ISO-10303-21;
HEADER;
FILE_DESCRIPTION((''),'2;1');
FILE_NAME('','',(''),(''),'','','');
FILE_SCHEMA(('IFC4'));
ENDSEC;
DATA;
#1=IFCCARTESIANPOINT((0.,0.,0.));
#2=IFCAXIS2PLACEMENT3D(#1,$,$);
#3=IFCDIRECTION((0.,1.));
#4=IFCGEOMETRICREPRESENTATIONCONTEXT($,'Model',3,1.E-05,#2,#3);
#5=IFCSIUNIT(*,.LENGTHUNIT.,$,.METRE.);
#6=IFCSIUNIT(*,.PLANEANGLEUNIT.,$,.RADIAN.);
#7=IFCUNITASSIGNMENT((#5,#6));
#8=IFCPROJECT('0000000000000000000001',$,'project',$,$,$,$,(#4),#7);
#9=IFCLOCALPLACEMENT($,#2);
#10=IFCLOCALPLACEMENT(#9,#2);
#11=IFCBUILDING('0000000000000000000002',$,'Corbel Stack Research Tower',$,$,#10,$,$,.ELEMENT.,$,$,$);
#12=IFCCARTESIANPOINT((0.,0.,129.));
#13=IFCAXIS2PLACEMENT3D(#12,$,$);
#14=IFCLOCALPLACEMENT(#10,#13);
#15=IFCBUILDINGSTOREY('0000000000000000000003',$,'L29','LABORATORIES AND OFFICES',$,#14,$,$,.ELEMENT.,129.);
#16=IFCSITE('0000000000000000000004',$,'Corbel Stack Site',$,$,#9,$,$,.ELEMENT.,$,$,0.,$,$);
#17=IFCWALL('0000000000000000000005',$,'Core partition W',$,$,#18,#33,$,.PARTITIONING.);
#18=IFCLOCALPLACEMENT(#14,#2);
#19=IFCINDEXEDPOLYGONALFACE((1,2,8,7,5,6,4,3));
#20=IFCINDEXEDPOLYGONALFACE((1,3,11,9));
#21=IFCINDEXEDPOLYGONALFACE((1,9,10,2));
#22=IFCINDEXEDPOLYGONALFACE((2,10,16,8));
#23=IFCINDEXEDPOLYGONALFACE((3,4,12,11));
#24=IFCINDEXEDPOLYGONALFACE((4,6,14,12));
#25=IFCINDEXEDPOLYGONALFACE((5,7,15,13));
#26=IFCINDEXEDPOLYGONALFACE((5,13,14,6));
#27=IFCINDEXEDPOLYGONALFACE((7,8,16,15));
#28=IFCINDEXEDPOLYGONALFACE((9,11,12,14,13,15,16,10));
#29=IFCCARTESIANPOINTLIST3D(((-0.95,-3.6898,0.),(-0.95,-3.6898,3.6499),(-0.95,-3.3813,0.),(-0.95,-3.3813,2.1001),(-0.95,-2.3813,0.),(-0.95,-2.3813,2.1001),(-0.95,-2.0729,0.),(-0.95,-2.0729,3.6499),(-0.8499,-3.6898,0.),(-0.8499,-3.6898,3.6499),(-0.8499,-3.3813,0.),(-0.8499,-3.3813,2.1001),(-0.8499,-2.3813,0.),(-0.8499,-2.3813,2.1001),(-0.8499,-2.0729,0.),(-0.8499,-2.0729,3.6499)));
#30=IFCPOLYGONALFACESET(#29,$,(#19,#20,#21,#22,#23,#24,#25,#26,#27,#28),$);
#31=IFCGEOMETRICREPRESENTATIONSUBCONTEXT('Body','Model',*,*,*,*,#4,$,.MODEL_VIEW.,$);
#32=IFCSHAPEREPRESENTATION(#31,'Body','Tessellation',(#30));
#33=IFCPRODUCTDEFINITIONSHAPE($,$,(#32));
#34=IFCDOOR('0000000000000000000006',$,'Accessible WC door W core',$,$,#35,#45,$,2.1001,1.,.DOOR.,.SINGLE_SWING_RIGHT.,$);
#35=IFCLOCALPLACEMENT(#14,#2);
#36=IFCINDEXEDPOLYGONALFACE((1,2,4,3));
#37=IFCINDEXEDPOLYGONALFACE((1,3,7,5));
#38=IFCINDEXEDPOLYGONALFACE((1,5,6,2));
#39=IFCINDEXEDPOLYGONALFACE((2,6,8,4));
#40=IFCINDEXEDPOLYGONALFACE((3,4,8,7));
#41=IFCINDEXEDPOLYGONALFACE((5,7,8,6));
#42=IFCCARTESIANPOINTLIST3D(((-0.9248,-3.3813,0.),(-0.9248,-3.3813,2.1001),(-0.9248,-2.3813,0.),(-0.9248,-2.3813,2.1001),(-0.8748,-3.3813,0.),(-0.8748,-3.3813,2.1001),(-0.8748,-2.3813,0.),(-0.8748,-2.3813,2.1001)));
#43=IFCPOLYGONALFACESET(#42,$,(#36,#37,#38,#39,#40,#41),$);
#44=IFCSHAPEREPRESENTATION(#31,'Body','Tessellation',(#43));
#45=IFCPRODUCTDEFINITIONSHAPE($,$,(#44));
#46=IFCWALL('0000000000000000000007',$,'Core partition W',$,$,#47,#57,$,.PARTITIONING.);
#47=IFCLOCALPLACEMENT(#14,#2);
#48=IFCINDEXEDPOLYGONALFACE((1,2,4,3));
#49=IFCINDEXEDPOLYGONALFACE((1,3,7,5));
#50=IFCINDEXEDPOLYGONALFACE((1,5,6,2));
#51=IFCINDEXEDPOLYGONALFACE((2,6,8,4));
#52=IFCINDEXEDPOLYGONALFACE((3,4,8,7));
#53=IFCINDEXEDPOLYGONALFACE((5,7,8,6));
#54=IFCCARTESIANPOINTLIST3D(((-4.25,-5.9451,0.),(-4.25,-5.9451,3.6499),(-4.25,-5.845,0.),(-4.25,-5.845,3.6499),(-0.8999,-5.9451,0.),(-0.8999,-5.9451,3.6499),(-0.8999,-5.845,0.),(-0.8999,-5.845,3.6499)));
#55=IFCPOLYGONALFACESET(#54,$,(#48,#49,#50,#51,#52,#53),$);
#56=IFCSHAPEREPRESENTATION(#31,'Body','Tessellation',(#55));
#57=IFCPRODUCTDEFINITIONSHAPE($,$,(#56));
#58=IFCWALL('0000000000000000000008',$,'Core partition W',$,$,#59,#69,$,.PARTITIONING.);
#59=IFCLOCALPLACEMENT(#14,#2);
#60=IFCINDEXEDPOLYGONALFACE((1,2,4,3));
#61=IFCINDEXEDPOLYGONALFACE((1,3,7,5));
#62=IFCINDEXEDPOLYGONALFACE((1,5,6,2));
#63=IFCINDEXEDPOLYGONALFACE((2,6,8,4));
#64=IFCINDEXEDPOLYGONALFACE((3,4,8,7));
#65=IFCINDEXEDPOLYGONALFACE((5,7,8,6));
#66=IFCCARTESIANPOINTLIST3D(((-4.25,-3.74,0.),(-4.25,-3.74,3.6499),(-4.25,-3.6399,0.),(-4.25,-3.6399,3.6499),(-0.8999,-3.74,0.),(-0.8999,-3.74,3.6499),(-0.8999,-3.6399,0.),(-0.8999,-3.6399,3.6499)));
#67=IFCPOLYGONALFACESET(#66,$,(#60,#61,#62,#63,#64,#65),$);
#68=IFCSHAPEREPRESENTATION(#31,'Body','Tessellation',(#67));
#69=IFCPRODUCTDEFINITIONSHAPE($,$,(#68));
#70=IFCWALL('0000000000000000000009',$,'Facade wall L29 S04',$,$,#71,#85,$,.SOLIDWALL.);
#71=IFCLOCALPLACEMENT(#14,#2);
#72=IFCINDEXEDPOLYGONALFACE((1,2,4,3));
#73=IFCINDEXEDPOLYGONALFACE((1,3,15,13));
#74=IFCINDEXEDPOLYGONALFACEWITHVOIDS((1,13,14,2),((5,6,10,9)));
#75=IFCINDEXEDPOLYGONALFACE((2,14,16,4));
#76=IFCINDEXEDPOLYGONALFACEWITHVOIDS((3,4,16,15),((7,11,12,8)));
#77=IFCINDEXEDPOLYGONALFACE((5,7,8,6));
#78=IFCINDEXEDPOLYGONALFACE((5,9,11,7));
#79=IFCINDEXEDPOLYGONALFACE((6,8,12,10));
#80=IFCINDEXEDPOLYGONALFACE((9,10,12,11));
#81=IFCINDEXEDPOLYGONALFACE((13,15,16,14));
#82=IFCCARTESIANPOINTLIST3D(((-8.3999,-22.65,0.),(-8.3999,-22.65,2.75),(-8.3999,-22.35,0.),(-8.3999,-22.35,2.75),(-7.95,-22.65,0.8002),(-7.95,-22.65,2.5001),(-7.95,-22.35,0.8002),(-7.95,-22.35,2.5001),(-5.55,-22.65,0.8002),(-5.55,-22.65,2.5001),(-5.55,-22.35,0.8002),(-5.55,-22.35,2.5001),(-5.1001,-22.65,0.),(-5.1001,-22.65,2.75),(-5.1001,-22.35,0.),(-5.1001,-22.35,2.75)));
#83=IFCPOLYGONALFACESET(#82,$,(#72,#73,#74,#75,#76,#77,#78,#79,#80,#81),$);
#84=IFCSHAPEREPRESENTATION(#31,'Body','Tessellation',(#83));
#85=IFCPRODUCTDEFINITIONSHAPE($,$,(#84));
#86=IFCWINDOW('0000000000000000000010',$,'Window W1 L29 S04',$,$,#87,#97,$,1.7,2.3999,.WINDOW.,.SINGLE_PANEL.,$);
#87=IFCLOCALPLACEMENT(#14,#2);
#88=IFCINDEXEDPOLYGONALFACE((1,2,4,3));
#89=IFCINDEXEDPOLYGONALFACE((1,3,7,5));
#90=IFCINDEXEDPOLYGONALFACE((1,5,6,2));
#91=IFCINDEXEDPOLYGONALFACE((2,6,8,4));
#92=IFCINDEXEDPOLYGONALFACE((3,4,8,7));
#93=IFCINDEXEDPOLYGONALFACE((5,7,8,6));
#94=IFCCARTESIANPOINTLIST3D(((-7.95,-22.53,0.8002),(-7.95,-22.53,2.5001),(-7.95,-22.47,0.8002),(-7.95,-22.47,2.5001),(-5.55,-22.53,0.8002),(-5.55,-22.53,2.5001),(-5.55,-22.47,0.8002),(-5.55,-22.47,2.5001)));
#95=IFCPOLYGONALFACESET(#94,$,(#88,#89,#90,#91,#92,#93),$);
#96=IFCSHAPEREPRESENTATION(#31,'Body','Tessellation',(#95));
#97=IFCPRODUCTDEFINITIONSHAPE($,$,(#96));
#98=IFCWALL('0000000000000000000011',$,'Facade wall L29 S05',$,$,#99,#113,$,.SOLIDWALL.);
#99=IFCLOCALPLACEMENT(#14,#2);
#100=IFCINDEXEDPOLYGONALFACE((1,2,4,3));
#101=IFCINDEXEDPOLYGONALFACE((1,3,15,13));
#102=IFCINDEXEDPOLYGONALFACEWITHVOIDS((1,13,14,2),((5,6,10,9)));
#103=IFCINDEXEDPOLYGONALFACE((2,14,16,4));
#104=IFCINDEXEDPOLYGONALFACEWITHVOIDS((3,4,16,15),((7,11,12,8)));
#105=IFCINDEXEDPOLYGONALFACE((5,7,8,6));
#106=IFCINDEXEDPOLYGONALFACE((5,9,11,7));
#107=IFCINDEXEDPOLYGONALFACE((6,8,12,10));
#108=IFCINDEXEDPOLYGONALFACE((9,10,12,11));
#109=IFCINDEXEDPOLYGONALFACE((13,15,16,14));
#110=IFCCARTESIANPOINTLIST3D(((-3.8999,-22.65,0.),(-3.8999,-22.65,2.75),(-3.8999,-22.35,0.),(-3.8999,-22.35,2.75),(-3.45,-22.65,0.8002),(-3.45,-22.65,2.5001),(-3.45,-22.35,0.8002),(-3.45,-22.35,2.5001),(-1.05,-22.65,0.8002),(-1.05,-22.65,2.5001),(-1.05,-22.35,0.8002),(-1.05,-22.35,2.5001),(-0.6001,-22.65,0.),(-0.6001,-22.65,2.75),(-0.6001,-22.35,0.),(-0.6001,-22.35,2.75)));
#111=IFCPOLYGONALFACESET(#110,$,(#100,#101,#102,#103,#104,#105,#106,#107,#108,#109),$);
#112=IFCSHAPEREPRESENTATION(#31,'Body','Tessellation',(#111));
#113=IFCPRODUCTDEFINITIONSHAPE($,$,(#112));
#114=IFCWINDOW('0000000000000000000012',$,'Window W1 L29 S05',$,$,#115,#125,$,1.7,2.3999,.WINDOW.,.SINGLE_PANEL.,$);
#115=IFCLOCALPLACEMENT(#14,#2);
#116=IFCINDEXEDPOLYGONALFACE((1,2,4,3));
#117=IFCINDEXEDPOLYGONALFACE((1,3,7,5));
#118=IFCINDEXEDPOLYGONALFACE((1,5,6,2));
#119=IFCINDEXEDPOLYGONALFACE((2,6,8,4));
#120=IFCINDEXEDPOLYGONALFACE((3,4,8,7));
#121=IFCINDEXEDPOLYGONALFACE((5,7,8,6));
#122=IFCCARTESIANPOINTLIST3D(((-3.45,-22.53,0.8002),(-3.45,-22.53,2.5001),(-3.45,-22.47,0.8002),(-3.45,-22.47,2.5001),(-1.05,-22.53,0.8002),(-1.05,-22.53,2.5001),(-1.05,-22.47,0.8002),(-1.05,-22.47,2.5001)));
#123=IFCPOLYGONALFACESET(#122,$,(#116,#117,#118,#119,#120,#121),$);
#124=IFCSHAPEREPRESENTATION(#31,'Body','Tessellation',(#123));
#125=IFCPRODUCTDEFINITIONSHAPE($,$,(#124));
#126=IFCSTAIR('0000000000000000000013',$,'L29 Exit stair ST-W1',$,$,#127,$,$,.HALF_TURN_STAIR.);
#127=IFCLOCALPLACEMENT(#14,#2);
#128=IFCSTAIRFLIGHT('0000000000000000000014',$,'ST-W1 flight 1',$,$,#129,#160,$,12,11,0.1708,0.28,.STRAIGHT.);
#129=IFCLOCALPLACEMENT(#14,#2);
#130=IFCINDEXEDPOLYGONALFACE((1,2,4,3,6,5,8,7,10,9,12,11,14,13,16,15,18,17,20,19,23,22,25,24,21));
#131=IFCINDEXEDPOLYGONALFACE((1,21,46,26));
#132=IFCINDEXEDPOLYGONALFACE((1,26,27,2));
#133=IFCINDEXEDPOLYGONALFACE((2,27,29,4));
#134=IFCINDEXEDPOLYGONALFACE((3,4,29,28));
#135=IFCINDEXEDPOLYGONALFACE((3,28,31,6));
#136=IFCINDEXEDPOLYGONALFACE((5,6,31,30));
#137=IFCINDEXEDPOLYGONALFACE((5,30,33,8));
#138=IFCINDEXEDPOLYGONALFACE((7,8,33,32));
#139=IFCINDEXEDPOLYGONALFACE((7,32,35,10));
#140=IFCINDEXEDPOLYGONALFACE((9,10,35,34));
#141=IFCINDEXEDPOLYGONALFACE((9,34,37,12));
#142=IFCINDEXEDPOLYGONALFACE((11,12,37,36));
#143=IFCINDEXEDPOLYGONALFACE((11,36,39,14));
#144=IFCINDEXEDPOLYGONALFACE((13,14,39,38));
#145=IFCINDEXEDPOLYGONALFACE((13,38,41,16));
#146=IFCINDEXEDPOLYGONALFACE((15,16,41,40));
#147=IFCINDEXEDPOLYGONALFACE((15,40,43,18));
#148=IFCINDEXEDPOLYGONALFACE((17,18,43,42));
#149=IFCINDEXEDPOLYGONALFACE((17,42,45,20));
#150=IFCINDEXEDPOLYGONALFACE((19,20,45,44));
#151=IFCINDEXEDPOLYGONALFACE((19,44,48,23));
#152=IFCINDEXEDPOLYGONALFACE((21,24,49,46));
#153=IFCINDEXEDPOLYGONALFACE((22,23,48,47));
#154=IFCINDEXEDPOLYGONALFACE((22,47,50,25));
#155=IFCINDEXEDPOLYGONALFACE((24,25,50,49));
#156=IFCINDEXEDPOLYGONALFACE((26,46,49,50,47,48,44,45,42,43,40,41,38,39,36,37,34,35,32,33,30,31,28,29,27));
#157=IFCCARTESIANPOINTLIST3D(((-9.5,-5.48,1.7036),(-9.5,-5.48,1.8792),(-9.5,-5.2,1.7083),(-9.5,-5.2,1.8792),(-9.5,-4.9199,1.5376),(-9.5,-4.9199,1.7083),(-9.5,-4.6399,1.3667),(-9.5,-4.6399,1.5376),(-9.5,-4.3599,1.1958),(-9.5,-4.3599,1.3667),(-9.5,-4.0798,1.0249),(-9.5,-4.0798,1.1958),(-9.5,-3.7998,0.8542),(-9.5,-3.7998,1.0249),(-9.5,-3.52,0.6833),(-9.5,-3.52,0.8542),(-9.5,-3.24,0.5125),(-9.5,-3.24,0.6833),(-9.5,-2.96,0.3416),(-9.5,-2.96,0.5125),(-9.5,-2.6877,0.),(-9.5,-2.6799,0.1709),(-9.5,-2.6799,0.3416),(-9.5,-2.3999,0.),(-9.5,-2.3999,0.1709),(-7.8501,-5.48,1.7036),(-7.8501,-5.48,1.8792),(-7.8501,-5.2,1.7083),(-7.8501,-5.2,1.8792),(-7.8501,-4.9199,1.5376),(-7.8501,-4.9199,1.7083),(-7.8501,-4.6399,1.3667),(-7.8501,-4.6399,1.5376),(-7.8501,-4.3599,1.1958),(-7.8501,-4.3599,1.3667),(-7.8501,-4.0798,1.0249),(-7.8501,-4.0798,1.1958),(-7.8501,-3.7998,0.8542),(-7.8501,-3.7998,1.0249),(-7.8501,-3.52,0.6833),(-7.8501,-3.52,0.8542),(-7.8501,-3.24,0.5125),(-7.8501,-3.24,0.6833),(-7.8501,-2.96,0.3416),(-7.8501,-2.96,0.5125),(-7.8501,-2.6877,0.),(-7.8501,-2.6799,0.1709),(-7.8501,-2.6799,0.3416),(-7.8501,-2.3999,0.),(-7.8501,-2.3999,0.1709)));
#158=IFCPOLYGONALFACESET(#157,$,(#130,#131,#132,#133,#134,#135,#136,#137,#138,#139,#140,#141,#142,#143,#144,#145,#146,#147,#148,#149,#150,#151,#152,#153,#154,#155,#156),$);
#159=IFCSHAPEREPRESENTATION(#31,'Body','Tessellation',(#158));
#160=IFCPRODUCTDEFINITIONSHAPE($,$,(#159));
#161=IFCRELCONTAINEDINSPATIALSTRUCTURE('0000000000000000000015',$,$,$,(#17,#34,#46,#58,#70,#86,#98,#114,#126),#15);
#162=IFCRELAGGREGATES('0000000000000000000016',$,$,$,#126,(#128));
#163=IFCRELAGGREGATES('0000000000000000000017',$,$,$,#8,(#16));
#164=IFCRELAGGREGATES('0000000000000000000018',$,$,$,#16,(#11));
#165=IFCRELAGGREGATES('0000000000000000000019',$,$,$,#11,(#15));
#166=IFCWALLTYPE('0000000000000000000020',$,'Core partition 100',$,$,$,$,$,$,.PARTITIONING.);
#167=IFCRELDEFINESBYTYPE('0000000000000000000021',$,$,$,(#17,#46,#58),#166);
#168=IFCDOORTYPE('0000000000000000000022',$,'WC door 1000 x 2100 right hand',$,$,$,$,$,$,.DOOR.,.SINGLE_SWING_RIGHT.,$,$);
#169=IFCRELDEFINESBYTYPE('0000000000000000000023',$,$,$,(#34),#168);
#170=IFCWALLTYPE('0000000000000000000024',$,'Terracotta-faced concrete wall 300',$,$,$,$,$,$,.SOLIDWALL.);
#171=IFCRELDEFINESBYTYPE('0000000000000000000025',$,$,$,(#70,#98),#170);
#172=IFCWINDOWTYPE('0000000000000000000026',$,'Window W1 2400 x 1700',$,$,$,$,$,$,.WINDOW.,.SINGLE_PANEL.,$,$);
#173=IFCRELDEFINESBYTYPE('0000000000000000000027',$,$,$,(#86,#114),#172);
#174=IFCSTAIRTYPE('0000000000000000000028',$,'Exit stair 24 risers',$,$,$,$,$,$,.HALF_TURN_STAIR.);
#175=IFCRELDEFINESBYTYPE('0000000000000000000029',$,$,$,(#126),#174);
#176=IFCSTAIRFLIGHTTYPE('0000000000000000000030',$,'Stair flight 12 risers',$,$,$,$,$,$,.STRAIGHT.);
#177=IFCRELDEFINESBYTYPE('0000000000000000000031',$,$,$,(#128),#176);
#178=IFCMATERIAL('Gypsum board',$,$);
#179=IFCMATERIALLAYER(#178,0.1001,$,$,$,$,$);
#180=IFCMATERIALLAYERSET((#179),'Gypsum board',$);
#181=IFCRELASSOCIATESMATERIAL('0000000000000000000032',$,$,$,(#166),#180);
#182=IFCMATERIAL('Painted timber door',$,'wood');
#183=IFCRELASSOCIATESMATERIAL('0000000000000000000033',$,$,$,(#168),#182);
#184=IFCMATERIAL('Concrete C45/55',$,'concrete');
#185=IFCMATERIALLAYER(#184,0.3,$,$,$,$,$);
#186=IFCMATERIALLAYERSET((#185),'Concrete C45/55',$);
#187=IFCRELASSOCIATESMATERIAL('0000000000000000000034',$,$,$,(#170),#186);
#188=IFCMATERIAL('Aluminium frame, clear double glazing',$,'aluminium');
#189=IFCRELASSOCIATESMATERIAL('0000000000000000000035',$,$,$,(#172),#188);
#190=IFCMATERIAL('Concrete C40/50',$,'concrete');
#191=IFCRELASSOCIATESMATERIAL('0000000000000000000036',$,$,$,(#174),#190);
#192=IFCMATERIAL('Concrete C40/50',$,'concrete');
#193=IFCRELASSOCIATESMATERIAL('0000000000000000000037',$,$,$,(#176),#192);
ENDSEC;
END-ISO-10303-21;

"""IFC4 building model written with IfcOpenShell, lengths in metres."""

from ifc_helpers import new_model, si_unit, direction, frame, frame_2d, origin, place, context, subcontext, project, spatial, polyline, rectangle, outline, extrude, material, layer, layer_set, type_object, element, fill, aggregate, save


model = new_model("IFC4")

# Units and contexts
model_context = context("Model", 3, precision=1e-05, world=origin(), true_north=direction((0.0, 1.0)))
body_context = subcontext(model_context, "Body", "Model", "MODEL_VIEW")
ifc_project = project(units=[si_unit("LENGTHUNIT", "METRE"), si_unit("PLANEANGLEUNIT", "RADIAN")], contexts=[model_context])

# Site, building, storey
site_placement = place(None, origin())
site = spatial("IfcSite", under=ifc_project, at=site_placement, Name="Corbel Stack Site", CompositionType="ELEMENT", RefElevation=0.0)
building_placement = place(site_placement, origin())
building = spatial("IfcBuilding", under=site, at=building_placement, Name="Corbel Stack Research Tower", CompositionType="ELEMENT")
storey_placement = place(building_placement, frame((0.0, 0.0, 129.0)))
storey = spatial("IfcBuildingStorey", under=building, at=storey_placement, Name="L29", Description="LABORATORIES AND OFFICES", CompositionType="ELEMENT", Elevation=129.0)

# Wall, opening, door
ifc_material_1 = material(Name="Gypsum board")
ifc_layer_1 = layer(ifc_material_1, 0.1001)
ifc_layer_set_1 = layer_set([ifc_layer_1], Name="Gypsum board")
wall_type_1 = type_object("IfcWallType", Name="Core partition 100", PredefinedType="PARTITIONING", material=ifc_layer_set_1)
ifc_material_2 = material(Name="Painted timber door", Category="wood")
door_type_1 = type_object("IfcDoorType", Name="WC door 1000 x 2100 right hand", OperationType="SINGLE_SWING_RIGHT", PredefinedType="DOOR", material=ifc_material_2)
wall_1_placement = place(storey_placement, frame((-0.8999, -3.6899, 0.0), z_axis=(0.0, 0.0, 1.0), x_axis=(0.0, 1.0, 0.0)))
wall_1 = element("IfcWall", 1, at=wall_1_placement, inside=storey, type_object=wall_type_1, Name="Core partition W", PredefinedType="PARTITIONING", context=body_context, shape_type="SweptSolid", body=[
    extrude(rectangle(XDim=1.6169, YDim=0.1001, at=frame_2d((0.8086, 0.0))), origin(), (0.0, 0.0, 1.0), 3.6499),
])
opening_1_placement = place(wall_1_placement, frame((0.3086, 0.0, 0.0)))
opening_1 = element("IfcOpeningElement", 2, at=opening_1_placement, cuts=wall_1, PredefinedType="OPENING", context=body_context, shape_type="SweptSolid", body=[
    extrude(rectangle(XDim=1.0, YDim=2.1001, at=frame_2d((0.5, 1.05))), frame((0.0, 0.0601, 0.0), z_axis=(0.0, -1.0, 0.0), x_axis=(1.0, 0.0, 0.0)), (0.0, 0.0, 1.0), 0.1201),
])
door_1_placement = place(opening_1_placement, origin())
door_1 = element("IfcDoor", 3, at=door_1_placement, inside=storey, type_object=door_type_1, Name="Accessible WC door W core", OperationType="SINGLE_SWING_RIGHT", OverallHeight=2.1001, OverallWidth=1.0, PredefinedType="DOOR", context=body_context, shape_type="SweptSolid", body=[
    extrude(rectangle(XDim=1.0, YDim=2.1001, at=frame_2d((0.5, 1.05))), frame((0.0, 0.0249, 0.0), z_axis=(0.0, -1.0, 0.0), x_axis=(1.0, 0.0, 0.0)), (0.0, 0.0, 1.0), 0.05),
])
fill(opening_1, door_1)

# Walls
for number, where, z_axis, x_axis, name in (
    (4, (-4.25, -5.895, 0.0), (0.0, 0.0, 1.0), (1.0, 0.0, 0.0), "Core partition W"),
    (5, (-4.25, -3.6899, 0.0), (0.0, 0.0, 1.0), (1.0, 0.0, 0.0), "Core partition W"),
):
    element("IfcWall", number, at=place(storey_placement, frame(where, z_axis=z_axis, x_axis=x_axis)), inside=storey, type_object=wall_type_1, Name=name, PredefinedType="PARTITIONING", context=body_context, shape_type="SweptSolid", body=[
        extrude(rectangle(XDim=3.3501, YDim=0.1001, at=frame_2d((1.675, 0.0))), origin(), (0.0, 0.0, 1.0), 3.6499),
    ])

# Walls, openings, windows
ifc_material_3 = material(Name="Concrete C45/55", Category="concrete")
ifc_layer_2 = layer(ifc_material_3, 0.3)
ifc_layer_set_2 = layer_set([ifc_layer_2], Name="Concrete C45/55")
wall_type_2 = type_object("IfcWallType", Name="Terracotta-faced concrete wall 300", PredefinedType="SOLIDWALL", material=ifc_layer_set_2)
wall_2_placement = place(storey_placement, frame((-5.1001, -22.5, 0.0), z_axis=(0.0, 0.0, 1.0), x_axis=(-1.0, 0.0, 0.0)))
wall_2 = element("IfcWall", 6, at=wall_2_placement, inside=storey, type_object=wall_type_2, Name="Facade wall L29 S04", PredefinedType="SOLIDWALL", context=body_context, shape_type="SweptSolid", body=[
    extrude(rectangle(XDim=3.2998, YDim=0.3, at=frame_2d((1.6499, 0.0))), origin(), (0.0, 0.0, 1.0), 2.75),
])
opening_2_placement = place(wall_2_placement, frame((0.45, 0.0, 0.8)))
opening_2 = element("IfcOpeningElement", 7, at=opening_2_placement, cuts=wall_2, PredefinedType="OPENING", context=body_context, shape_type="SweptSolid", body=[
    extrude(rectangle(XDim=2.3999, YDim=1.7, at=frame_2d((1.2, 0.8501))), frame((0.0, 0.1599, 0.0), z_axis=(0.0, -1.0, 0.0), x_axis=(1.0, 0.0, 0.0)), (0.0, 0.0, 1.0), 0.3201),
])
ifc_material_4 = material(Name="Aluminium frame, clear double glazing", Category="aluminium")
window_type = type_object("IfcWindowType", Name="Window W1 2400 x 1700", PartitioningType="SINGLE_PANEL", PredefinedType="WINDOW", material=ifc_material_4)
window_1_placement = place(opening_2_placement, origin())
window_1 = element("IfcWindow", 8, at=window_1_placement, inside=storey, type_object=window_type, Name="Window W1 L29 S04", OverallHeight=1.7, OverallWidth=2.3999, PartitioningType="SINGLE_PANEL", PredefinedType="WINDOW", context=body_context, shape_type="SweptSolid", body=[
    extrude(rectangle(XDim=2.3999, YDim=1.7, at=frame_2d((1.2, 0.8501))), frame((0.0, 0.03, 0.0), z_axis=(0.0, -1.0, 0.0), x_axis=(1.0, 0.0, 0.0)), (0.0, 0.0, 1.0), 0.0601),
])
fill(opening_2, window_1)
wall_3_placement = place(storey_placement, frame((-0.6001, -22.5, 0.0), z_axis=(0.0, 0.0, 1.0), x_axis=(-1.0, 0.0, 0.0)))
wall_3 = element("IfcWall", 9, at=wall_3_placement, inside=storey, type_object=wall_type_2, Name="Facade wall L29 S05", PredefinedType="SOLIDWALL", context=body_context, shape_type="SweptSolid", body=[
    extrude(rectangle(XDim=3.2998, YDim=0.3, at=frame_2d((1.6499, 0.0))), origin(), (0.0, 0.0, 1.0), 2.75),
])
opening_3_placement = place(wall_3_placement, frame((0.45, 0.0, 0.8)))
opening_3 = element("IfcOpeningElement", 10, at=opening_3_placement, cuts=wall_3, PredefinedType="OPENING", context=body_context, shape_type="SweptSolid", body=[
    extrude(rectangle(XDim=2.3999, YDim=1.7, at=frame_2d((1.2, 0.8501))), frame((0.0, 0.1599, 0.0), z_axis=(0.0, -1.0, 0.0), x_axis=(1.0, 0.0, 0.0)), (0.0, 0.0, 1.0), 0.3201),
])
window_2_placement = place(opening_3_placement, origin())
window_2 = element("IfcWindow", 11, at=window_2_placement, inside=storey, type_object=window_type, Name="Window W1 L29 S05", OverallHeight=1.7, OverallWidth=2.3999, PartitioningType="SINGLE_PANEL", PredefinedType="WINDOW", context=body_context, shape_type="SweptSolid", body=[
    extrude(rectangle(XDim=2.3999, YDim=1.7, at=frame_2d((1.2, 0.8501))), frame((0.0, 0.03, 0.0), z_axis=(0.0, -1.0, 0.0), x_axis=(1.0, 0.0, 0.0)), (0.0, 0.0, 1.0), 0.0601),
])
fill(opening_3, window_2)

# Stair, stair flight
ifc_material_5 = material(Name="Concrete C40/50", Category="concrete")
stair_type = type_object("IfcStairType", Name="Exit stair 24 risers", PredefinedType="HALF_TURN_STAIR", material=ifc_material_5)
stair_placement = place(storey_placement, origin())
stair = element("IfcStair", 12, at=stair_placement, inside=storey, type_object=stair_type, Name="L29 Exit stair ST-W1", PredefinedType="HALF_TURN_STAIR")
ifc_material_6 = material(Name="Concrete C40/50", Category="concrete")
stair_flight_type = type_object("IfcStairFlightType", Name="Stair flight 12 risers", PredefinedType="STRAIGHT", material=ifc_material_6)
stair_flight_1_placement = place(storey_placement, frame((-8.675, -2.3999, 0.0), z_axis=(0.0, 0.0, 1.0), x_axis=(0.0, -1.0, 0.0)))
stair_flight_1 = element("IfcStairFlight", 13, at=stair_flight_1_placement, type_object=stair_flight_type, Name="ST-W1 flight 1", NumberOfRisers=12, NumberOfTreads=11, PredefinedType="STRAIGHT", RiserHeight=0.1708, TreadLength=0.28, context=body_context, shape_type="SweptSolid", body=[
    extrude(outline(polyline([(0.0, 0.0), (0.0, 0.1709), (0.28, 0.1709), (0.28, 0.3416), (0.5601, 0.3416), (0.5601, 0.5125), (0.8401, 0.5125), (0.8401, 0.6833), (1.1201, 0.6833), (1.1201, 0.8542), (1.3999, 0.8542), (1.3999, 1.0249), (1.6799, 1.0249), (1.6799, 1.1958), (1.96, 1.1958), (1.96, 1.3667), (2.24, 1.3667), (2.24, 1.5376), (2.52, 1.5376), (2.52, 1.7083), (2.8, 1.7083), (2.8, 1.8792), (3.0801, 1.8792), (3.0801, 2.05), (3.0801, 1.7036), (0.2878, 0.0), (0.0, 0.0)])), frame((0.0, 0.825, 0.0), z_axis=(0.0, -1.0, 0.0), x_axis=(1.0, 0.0, 0.0)), (0.0, 0.0, 1.0), 1.6499),
])
aggregate(stair, [stair_flight_1])

save(model, "model.ifc")
